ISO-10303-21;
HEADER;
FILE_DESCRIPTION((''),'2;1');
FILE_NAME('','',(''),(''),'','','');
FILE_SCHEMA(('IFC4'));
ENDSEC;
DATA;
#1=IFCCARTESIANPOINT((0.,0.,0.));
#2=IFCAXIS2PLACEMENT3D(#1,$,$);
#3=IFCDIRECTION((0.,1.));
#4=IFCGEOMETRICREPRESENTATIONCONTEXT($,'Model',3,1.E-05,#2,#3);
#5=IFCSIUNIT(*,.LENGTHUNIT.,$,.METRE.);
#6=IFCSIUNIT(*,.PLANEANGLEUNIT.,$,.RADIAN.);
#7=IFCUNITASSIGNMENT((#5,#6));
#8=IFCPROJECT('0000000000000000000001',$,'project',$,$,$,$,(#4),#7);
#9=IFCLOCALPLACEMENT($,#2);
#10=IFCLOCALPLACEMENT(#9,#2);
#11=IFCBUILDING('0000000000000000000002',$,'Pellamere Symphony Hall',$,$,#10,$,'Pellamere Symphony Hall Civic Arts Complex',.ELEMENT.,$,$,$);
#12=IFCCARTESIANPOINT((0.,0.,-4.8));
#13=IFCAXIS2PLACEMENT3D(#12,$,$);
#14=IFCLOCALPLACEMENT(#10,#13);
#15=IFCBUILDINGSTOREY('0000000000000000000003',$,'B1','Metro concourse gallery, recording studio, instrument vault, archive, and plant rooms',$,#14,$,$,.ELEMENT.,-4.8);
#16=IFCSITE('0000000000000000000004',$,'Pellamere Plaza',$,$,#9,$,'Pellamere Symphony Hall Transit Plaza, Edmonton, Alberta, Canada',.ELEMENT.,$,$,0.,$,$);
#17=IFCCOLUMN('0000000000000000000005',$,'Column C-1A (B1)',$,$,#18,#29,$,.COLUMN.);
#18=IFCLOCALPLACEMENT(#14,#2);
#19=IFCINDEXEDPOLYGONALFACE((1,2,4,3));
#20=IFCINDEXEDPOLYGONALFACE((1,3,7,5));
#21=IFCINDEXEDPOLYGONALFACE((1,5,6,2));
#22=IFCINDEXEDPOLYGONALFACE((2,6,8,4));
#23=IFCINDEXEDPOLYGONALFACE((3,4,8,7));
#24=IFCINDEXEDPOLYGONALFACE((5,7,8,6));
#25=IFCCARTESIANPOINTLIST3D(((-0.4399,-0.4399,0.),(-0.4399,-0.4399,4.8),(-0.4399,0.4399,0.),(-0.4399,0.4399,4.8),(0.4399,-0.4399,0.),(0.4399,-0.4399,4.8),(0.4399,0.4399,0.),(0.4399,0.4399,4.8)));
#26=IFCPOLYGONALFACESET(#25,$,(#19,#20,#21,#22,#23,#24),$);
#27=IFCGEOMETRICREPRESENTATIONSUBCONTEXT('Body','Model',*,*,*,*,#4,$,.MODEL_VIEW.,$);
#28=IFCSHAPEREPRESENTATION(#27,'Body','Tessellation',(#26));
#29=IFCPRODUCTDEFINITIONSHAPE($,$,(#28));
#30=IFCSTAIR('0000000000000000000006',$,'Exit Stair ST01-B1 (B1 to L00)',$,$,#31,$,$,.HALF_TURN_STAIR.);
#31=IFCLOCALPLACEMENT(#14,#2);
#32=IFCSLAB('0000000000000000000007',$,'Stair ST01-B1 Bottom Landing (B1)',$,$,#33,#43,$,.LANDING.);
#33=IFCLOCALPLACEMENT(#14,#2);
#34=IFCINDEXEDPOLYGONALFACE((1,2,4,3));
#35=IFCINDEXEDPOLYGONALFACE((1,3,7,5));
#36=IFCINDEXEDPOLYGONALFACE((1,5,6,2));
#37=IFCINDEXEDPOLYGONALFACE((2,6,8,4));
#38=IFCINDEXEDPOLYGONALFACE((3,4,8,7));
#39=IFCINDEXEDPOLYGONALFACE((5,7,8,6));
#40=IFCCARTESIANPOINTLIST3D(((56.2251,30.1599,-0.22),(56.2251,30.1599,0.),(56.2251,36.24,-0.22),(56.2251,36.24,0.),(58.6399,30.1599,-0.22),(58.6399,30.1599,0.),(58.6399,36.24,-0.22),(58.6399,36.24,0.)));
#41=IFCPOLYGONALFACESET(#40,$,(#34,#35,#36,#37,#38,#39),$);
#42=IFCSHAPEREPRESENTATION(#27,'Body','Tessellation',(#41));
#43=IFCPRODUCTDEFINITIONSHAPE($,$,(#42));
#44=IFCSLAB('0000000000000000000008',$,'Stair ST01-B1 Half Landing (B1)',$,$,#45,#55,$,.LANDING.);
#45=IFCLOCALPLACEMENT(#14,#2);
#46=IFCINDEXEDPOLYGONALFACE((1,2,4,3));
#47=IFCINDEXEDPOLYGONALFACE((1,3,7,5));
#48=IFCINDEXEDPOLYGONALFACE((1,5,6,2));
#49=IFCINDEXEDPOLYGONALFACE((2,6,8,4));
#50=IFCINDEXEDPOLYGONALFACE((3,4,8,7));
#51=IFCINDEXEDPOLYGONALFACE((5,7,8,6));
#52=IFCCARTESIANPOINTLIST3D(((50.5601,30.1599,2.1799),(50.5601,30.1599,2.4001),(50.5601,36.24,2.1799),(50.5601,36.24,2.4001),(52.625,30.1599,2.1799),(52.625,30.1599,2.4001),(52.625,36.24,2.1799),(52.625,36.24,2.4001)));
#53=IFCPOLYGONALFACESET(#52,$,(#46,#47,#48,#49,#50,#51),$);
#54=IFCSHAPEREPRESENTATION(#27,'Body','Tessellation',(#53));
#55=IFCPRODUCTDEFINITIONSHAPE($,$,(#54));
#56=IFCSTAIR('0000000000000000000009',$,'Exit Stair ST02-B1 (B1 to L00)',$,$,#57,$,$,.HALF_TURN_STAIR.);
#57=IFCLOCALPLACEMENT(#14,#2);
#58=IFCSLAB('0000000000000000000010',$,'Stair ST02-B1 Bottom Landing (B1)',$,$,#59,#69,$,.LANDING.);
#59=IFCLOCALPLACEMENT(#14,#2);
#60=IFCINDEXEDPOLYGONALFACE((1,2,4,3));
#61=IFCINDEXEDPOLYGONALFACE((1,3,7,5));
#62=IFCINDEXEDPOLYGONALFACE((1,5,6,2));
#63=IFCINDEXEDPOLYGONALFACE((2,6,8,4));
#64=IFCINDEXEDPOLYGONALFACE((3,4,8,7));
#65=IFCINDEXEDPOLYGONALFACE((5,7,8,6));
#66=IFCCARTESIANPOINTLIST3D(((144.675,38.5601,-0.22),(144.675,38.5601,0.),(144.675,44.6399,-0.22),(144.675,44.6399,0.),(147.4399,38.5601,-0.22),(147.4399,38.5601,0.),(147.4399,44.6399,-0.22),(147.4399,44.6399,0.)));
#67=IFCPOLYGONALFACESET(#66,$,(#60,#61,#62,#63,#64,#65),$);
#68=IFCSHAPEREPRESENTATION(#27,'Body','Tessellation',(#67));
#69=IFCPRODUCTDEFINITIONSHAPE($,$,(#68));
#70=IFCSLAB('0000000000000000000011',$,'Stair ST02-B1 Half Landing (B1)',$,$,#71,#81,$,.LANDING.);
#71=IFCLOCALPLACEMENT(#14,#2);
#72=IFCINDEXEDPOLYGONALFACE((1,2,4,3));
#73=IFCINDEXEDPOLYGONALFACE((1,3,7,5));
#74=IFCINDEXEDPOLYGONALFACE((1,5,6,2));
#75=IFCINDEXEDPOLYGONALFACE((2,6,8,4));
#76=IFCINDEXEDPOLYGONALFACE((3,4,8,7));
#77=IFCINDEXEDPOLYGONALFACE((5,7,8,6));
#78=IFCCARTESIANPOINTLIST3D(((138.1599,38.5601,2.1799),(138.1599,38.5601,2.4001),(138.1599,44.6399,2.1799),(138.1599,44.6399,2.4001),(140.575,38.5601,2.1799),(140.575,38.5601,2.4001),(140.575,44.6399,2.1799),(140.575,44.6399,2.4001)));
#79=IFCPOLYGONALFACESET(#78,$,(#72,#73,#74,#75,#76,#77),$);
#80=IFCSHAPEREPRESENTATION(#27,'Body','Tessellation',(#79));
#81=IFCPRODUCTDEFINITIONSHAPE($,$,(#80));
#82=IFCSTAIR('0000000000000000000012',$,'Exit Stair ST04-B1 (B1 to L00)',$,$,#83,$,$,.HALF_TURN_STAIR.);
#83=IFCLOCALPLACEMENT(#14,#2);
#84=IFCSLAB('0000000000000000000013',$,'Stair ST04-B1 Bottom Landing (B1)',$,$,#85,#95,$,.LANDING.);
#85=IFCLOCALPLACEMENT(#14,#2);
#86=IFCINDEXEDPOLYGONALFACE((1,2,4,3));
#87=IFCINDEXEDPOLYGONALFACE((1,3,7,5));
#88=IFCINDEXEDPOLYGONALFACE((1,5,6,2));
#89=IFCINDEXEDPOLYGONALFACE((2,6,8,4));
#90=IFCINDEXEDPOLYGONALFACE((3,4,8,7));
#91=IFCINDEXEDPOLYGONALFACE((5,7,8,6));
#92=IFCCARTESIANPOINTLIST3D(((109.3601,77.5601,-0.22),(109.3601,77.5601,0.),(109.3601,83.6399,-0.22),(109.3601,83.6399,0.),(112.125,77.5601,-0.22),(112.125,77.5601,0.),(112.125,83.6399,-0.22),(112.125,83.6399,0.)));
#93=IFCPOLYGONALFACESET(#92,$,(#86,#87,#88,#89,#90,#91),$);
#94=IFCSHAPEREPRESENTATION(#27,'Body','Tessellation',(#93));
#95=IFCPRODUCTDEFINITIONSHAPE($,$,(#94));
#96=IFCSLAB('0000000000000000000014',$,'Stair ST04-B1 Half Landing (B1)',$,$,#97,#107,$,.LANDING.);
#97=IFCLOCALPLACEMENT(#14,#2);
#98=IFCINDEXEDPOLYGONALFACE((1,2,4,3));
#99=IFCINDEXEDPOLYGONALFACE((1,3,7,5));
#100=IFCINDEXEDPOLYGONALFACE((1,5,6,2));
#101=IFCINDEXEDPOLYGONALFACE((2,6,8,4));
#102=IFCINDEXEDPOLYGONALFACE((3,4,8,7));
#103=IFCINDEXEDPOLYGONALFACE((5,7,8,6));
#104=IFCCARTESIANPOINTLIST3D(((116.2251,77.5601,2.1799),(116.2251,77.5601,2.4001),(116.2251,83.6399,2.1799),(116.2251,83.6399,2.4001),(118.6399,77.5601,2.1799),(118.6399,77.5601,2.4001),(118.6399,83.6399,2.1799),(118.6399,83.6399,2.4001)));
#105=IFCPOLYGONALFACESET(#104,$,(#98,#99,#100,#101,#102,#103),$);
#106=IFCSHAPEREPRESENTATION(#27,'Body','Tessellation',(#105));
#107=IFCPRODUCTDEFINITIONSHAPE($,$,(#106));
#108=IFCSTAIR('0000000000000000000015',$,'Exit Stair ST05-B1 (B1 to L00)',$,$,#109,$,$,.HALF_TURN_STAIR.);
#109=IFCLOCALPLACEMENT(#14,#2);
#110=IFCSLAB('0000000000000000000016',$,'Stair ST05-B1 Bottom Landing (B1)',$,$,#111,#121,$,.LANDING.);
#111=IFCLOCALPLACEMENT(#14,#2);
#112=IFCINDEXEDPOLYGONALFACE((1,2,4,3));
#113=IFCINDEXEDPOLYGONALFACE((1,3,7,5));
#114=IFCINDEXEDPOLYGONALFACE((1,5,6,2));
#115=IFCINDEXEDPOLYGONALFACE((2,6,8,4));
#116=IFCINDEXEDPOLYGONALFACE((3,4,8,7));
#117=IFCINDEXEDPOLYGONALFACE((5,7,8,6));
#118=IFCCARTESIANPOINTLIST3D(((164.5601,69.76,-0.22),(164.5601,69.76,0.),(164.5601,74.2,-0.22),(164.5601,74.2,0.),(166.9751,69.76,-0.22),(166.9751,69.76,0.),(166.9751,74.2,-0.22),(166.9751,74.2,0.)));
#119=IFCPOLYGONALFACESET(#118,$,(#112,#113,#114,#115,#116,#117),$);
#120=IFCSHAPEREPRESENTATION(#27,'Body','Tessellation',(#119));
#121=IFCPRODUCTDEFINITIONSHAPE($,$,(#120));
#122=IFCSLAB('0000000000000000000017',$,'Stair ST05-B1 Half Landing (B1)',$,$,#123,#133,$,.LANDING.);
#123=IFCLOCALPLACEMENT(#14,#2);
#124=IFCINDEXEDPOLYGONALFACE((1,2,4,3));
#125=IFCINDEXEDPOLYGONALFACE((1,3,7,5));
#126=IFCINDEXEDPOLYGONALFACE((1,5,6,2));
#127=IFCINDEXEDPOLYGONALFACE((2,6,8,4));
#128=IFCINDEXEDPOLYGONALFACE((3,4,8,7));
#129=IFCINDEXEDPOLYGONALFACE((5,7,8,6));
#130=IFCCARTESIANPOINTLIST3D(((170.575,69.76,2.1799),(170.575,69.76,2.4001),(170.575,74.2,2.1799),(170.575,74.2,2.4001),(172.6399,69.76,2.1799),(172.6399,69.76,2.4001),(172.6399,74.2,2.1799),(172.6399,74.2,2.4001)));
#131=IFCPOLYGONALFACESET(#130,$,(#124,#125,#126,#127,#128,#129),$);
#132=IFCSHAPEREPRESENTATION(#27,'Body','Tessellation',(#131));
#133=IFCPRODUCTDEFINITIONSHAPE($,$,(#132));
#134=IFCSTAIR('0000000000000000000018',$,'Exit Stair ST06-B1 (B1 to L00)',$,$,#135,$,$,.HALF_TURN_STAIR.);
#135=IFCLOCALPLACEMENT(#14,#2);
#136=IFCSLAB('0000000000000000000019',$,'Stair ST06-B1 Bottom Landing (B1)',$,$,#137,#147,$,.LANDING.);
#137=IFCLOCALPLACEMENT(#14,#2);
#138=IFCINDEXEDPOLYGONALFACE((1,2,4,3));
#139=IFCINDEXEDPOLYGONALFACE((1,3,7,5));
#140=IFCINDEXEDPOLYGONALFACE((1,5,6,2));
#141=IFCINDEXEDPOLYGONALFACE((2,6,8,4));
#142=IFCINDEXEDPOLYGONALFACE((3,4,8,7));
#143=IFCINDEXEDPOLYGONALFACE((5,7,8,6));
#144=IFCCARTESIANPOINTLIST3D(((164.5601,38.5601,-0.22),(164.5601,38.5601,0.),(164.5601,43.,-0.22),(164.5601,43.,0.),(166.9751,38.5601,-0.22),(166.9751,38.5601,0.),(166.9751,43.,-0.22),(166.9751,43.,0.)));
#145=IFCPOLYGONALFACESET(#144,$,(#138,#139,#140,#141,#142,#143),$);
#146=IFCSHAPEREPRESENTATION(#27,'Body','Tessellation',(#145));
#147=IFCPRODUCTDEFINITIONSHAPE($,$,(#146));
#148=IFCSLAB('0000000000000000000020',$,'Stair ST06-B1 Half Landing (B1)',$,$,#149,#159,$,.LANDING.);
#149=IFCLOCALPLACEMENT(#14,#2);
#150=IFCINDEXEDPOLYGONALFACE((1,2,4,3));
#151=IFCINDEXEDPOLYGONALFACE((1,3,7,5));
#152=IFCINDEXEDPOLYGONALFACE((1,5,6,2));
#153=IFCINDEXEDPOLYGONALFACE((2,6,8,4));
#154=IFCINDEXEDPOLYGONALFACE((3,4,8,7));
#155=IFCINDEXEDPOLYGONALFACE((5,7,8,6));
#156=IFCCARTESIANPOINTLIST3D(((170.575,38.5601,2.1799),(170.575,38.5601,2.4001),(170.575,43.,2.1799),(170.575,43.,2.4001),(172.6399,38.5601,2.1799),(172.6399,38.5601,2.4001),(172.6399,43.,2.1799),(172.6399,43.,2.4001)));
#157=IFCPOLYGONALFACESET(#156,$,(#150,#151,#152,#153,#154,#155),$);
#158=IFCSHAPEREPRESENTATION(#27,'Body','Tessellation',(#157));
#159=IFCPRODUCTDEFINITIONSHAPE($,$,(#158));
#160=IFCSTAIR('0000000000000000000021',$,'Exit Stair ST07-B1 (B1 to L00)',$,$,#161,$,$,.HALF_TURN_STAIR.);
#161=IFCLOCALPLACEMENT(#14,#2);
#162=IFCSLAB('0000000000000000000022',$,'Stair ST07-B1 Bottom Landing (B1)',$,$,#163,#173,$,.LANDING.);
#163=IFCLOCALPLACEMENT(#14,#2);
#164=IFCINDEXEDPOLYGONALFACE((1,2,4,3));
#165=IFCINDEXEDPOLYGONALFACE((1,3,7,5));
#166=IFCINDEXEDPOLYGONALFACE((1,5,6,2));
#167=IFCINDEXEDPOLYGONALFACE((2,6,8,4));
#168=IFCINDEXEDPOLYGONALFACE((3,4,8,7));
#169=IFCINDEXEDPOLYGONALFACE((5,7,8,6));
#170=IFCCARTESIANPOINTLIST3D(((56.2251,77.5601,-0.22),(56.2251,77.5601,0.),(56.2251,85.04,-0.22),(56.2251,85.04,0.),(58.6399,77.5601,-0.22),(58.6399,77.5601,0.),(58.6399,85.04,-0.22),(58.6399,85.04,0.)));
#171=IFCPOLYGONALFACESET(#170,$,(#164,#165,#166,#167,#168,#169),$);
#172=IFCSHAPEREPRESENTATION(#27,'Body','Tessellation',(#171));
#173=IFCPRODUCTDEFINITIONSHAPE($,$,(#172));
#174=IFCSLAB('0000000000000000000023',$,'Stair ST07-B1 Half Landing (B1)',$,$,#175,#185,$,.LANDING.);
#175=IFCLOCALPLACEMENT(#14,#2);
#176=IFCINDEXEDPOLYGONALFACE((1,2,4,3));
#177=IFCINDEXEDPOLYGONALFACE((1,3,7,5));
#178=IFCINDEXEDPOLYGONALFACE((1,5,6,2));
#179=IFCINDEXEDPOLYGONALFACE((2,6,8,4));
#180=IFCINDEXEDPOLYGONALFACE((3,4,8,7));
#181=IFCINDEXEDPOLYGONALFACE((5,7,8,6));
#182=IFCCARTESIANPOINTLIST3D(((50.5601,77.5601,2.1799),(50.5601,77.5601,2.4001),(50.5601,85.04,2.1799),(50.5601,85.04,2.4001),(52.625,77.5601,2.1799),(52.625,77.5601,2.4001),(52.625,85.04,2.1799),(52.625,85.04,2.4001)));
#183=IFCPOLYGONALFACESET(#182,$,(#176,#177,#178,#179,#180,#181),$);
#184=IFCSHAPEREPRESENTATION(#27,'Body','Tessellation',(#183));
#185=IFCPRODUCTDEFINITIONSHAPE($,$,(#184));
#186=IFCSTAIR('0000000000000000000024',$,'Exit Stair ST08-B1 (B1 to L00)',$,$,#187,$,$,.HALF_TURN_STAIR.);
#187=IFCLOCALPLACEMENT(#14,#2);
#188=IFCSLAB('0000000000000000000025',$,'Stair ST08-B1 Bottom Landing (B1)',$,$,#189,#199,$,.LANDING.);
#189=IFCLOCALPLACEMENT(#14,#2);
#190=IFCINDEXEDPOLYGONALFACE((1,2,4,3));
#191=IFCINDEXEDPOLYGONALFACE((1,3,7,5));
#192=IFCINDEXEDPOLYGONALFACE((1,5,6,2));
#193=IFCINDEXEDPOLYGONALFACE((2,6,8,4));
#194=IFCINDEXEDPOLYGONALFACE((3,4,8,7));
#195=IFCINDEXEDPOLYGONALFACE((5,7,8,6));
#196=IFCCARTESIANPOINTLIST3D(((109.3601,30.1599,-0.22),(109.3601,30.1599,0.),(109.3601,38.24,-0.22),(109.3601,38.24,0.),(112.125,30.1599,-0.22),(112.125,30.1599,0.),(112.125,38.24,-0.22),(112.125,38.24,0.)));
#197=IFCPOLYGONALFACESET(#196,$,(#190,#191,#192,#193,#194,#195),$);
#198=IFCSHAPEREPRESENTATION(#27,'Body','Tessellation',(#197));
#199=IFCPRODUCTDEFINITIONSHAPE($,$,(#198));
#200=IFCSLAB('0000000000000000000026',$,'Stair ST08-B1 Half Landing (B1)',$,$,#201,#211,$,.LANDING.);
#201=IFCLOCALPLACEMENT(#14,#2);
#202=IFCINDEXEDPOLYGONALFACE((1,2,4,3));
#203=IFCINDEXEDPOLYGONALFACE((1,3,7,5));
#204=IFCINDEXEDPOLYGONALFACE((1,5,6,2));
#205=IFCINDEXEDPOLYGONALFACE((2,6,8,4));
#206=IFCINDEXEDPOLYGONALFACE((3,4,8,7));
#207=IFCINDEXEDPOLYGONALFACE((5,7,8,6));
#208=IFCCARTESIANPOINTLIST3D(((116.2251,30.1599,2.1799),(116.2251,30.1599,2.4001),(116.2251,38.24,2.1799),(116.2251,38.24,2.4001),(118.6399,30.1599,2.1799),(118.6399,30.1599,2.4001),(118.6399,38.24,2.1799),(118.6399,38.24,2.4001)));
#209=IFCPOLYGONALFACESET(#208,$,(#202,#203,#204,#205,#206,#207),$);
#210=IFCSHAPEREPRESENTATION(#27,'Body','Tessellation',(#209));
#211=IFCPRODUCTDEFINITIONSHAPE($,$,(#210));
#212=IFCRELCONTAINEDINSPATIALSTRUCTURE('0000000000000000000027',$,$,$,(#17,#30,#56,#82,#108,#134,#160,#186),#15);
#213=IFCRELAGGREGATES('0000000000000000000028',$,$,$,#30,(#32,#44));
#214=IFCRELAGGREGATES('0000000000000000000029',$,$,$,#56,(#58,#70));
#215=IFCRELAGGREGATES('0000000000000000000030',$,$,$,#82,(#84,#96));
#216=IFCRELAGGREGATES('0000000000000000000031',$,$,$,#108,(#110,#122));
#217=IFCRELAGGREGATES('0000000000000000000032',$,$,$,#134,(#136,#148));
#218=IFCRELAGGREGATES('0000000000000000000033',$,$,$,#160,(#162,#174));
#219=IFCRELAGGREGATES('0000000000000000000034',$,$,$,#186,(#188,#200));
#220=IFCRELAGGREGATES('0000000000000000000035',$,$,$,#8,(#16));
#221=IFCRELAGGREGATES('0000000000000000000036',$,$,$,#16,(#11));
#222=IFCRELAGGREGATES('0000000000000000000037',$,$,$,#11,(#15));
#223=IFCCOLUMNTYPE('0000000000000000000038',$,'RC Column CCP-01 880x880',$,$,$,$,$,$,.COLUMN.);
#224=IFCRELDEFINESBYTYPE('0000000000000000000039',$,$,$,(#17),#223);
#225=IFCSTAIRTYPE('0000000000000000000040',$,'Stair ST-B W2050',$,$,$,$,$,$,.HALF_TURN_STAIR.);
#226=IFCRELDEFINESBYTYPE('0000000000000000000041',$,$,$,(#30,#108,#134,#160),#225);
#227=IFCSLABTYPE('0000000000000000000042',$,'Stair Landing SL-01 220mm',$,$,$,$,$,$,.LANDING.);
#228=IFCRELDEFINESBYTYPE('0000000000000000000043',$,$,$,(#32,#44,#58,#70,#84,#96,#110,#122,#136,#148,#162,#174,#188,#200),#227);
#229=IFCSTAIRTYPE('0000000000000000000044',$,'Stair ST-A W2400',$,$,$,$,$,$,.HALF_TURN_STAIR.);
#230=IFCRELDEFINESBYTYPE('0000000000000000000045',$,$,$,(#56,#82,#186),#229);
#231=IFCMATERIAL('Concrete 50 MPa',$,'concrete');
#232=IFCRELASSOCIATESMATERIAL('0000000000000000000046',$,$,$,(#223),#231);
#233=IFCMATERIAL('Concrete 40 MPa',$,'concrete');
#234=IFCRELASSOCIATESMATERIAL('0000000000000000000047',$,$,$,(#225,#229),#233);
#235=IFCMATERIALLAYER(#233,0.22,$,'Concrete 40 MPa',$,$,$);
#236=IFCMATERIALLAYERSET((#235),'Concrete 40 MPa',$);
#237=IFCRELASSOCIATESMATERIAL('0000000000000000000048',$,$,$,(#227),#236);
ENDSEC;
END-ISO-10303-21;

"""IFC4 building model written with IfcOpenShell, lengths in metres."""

from ifc_helpers import new_model, si_unit, direction, frame, origin, origin_with_axes, origin_2d, place, context, subcontext, project, spatial, polyline, rectangle, outline, extrude, material, layer, layer_set, material_profile, profile_set, type_object, element, aggregate, save


model = new_model("IFC4")

# Units and contexts
model_context = context("Model", 3, precision=1e-05, world=origin(), true_north=direction((0.0, 1.0)))
body_context = subcontext(model_context, "Body", "Model", "MODEL_VIEW")
ifc_project = project(units=[si_unit("LENGTHUNIT", "METRE"), si_unit("PLANEANGLEUNIT", "RADIAN")], contexts=[model_context])

# Site, building, storey
site_placement = place(None, origin())
site = spatial("IfcSite", under=ifc_project, at=site_placement, Name="Pellamere Plaza", LongName="Pellamere Symphony Hall Transit Plaza, Edmonton, Alberta, Canada", CompositionType="ELEMENT", RefElevation=0.0)
building_placement = place(site_placement, origin())
building = spatial("IfcBuilding", under=site, at=building_placement, Name="Pellamere Symphony Hall", LongName="Pellamere Symphony Hall Civic Arts Complex", CompositionType="ELEMENT")
storey_placement = place(building_placement, frame((0.0, 0.0, -4.8)))
storey = spatial("IfcBuildingStorey", under=building, at=storey_placement, Name="B1", Description="Metro concourse gallery, recording studio, instrument vault, archive, and plant rooms", CompositionType="ELEMENT", Elevation=-4.8)

# Column
ifc_material_1 = material(Name="Concrete 50 MPa", Category="concrete")
ifc_material_profile = material_profile(ifc_material_1, rectangle(XDim=0.8799, YDim=0.8799, at=origin_2d()), Name="RC 880x880")
ifc_profile_set = profile_set([ifc_material_profile], Name="Concrete 50 MPa")
column_type = type_object("IfcColumnType", Name="RC Column CCP-01 880x880", PredefinedType="COLUMN", material=ifc_profile_set)
column_placement = place(storey_placement, origin_with_axes())
element("IfcColumn", 1, at=column_placement, inside=storey, type_object=column_type, Name="Column C-1A (B1)", PredefinedType="COLUMN", context=body_context, shape_type="SweptSolid", body=[
    extrude(rectangle(XDim=0.8799, YDim=0.8799, at=origin_2d()), origin(), (0.0, 0.0, 1.0), 4.8),
])

# Stairs, slabs
ifc_material_2 = material(Name="Concrete 40 MPa", Category="concrete")
stair_type_1 = type_object("IfcStairType", Name="Stair ST-B W2050", PredefinedType="HALF_TURN_STAIR", material=ifc_material_2)
stair_1_placement = place(storey_placement, origin())
stair_1 = element("IfcStair", 2, at=stair_1_placement, inside=storey, type_object=stair_type_1, Name="Exit Stair ST01-B1 (B1 to L00)", PredefinedType="HALF_TURN_STAIR")
ifc_layer_1 = layer(ifc_material_2, 0.22, Name="Concrete 40 MPa")
ifc_layer_set_1 = layer_set([ifc_layer_1], Name="Concrete 40 MPa")
slab_type_1 = type_object("IfcSlabType", Name="Stair Landing SL-01 220mm", PredefinedType="LANDING", material=ifc_layer_set_1)
slab_1_placement = place(storey_placement, frame((0.0, 0.0, -0.22)))
slab_1 = element("IfcSlab", 3, at=slab_1_placement, type_object=slab_type_1, Name="Stair ST01-B1 Bottom Landing (B1)", PredefinedType="LANDING", context=body_context, shape_type="SweptSolid", body=[
    extrude(outline(polyline([(56.2251, 30.1599), (58.6399, 30.1599), (58.6399, 36.24), (56.2251, 36.24), (56.2251, 30.1599)])), origin(), (0.0, 0.0, 1.0), 0.22),
])
slab_2_placement = place(storey_placement, frame((0.0, 0.0, 2.1799)))
slab_2 = element("IfcSlab", 4, at=slab_2_placement, type_object=slab_type_1, Name="Stair ST01-B1 Half Landing (B1)", PredefinedType="LANDING", context=body_context, shape_type="SweptSolid", body=[
    extrude(outline(polyline([(50.5601, 30.1599), (52.625, 30.1599), (52.625, 36.24), (50.5601, 36.24), (50.5601, 30.1599)])), origin(), (0.0, 0.0, 1.0), 0.2202),
])
aggregate(stair_1, [slab_1, slab_2])
stair_type_2 = type_object("IfcStairType", Name="Stair ST-A W2400", PredefinedType="HALF_TURN_STAIR", material=ifc_material_2)
stair_2_placement = place(storey_placement, origin())
stair_2 = element("IfcStair", 5, at=stair_2_placement, inside=storey, type_object=stair_type_2, Name="Exit Stair ST02-B1 (B1 to L00)", PredefinedType="HALF_TURN_STAIR")
slab_3_placement = place(storey_placement, frame((0.0, 0.0, -0.22)))
slab_3 = element("IfcSlab", 6, at=slab_3_placement, type_object=slab_type_1, Name="Stair ST02-B1 Bottom Landing (B1)", PredefinedType="LANDING", context=body_context, shape_type="SweptSolid", body=[
    extrude(outline(polyline([(144.675, 38.5601), (147.4399, 38.5601), (147.4399, 44.6399), (144.675, 44.6399), (144.675, 38.5601)])), origin(), (0.0, 0.0, 1.0), 0.22),
])
slab_4_placement = place(storey_placement, frame((0.0, 0.0, 2.1799)))
slab_4 = element("IfcSlab", 7, at=slab_4_placement, type_object=slab_type_1, Name="Stair ST02-B1 Half Landing (B1)", PredefinedType="LANDING", context=body_context, shape_type="SweptSolid", body=[
    extrude(outline(polyline([(138.1599, 38.5601), (140.575, 38.5601), (140.575, 44.6399), (138.1599, 44.6399), (138.1599, 38.5601)])), origin(), (0.0, 0.0, 1.0), 0.2202),
])
aggregate(stair_2, [slab_3, slab_4])
stair_3_placement = place(storey_placement, origin())
stair_3 = element("IfcStair", 8, at=stair_3_placement, inside=storey, type_object=stair_type_2, Name="Exit Stair ST04-B1 (B1 to L00)", PredefinedType="HALF_TURN_STAIR")
slab_5_placement = place(storey_placement, frame((0.0, 0.0, -0.22)))
slab_5 = element("IfcSlab", 9, at=slab_5_placement, type_object=slab_type_1, Name="Stair ST04-B1 Bottom Landing (B1)", PredefinedType="LANDING", context=body_context, shape_type="SweptSolid", body=[
    extrude(outline(polyline([(109.3601, 77.5601), (112.125, 77.5601), (112.125, 83.6399), (109.3601, 83.6399), (109.3601, 77.5601)])), origin(), (0.0, 0.0, 1.0), 0.22),
])
slab_6_placement = place(storey_placement, frame((0.0, 0.0, 2.1799)))
slab_6 = element("IfcSlab", 10, at=slab_6_placement, type_object=slab_type_1, Name="Stair ST04-B1 Half Landing (B1)", PredefinedType="LANDING", context=body_context, shape_type="SweptSolid", body=[
    extrude(outline(polyline([(116.2251, 77.5601), (118.6399, 77.5601), (118.6399, 83.6399), (116.2251, 83.6399), (116.2251, 77.5601)])), origin(), (0.0, 0.0, 1.0), 0.2202),
])
aggregate(stair_3, [slab_5, slab_6])
stair_4_placement = place(storey_placement, origin())
stair_4 = element("IfcStair", 11, at=stair_4_placement, inside=storey, type_object=stair_type_1, Name="Exit Stair ST05-B1 (B1 to L00)", PredefinedType="HALF_TURN_STAIR")
slab_7_placement = place(storey_placement, frame((0.0, 0.0, -0.22)))
slab_7 = element("IfcSlab", 12, at=slab_7_placement, type_object=slab_type_1, Name="Stair ST05-B1 Bottom Landing (B1)", PredefinedType="LANDING", context=body_context, shape_type="SweptSolid", body=[
    extrude(outline(polyline([(164.5601, 69.76), (166.9751, 69.76), (166.9751, 74.2), (164.5601, 74.2), (164.5601, 69.76)])), origin(), (0.0, 0.0, 1.0), 0.22),
])
slab_8_placement = place(storey_placement, frame((0.0, 0.0, 2.1799)))
slab_8 = element("IfcSlab", 13, at=slab_8_placement, type_object=slab_type_1, Name="Stair ST05-B1 Half Landing (B1)", PredefinedType="LANDING", context=body_context, shape_type="SweptSolid", body=[
    extrude(outline(polyline([(170.575, 69.76), (172.6399, 69.76), (172.6399, 74.2), (170.575, 74.2), (170.575, 69.76)])), origin(), (0.0, 0.0, 1.0), 0.2202),
])
aggregate(stair_4, [slab_7, slab_8])
stair_5_placement = place(storey_placement, origin())
stair_5 = element("IfcStair", 14, at=stair_5_placement, inside=storey, type_object=stair_type_1, Name="Exit Stair ST06-B1 (B1 to L00)", PredefinedType="HALF_TURN_STAIR")
slab_9_placement = place(storey_placement, frame((0.0, 0.0, -0.22)))
slab_9 = element("IfcSlab", 15, at=slab_9_placement, type_object=slab_type_1, Name="Stair ST06-B1 Bottom Landing (B1)", PredefinedType="LANDING", context=body_context, shape_type="SweptSolid", body=[
    extrude(outline(polyline([(164.5601, 38.5601), (166.9751, 38.5601), (166.9751, 43.0), (164.5601, 43.0), (164.5601, 38.5601)])), origin(), (0.0, 0.0, 1.0), 0.22),
])
slab_10_placement = place(storey_placement, frame((0.0, 0.0, 2.1799)))
slab_10 = element("IfcSlab", 16, at=slab_10_placement, type_object=slab_type_1, Name="Stair ST06-B1 Half Landing (B1)", PredefinedType="LANDING", context=body_context, shape_type="SweptSolid", body=[
    extrude(outline(polyline([(170.575, 38.5601), (172.6399, 38.5601), (172.6399, 43.0), (170.575, 43.0), (170.575, 38.5601)])), origin(), (0.0, 0.0, 1.0), 0.2202),
])
aggregate(stair_5, [slab_9, slab_10])
stair_6_placement = place(storey_placement, origin())
stair_6 = element("IfcStair", 17, at=stair_6_placement, inside=storey, type_object=stair_type_1, Name="Exit Stair ST07-B1 (B1 to L00)", PredefinedType="HALF_TURN_STAIR")
slab_11_placement = place(storey_placement, frame((0.0, 0.0, -0.22)))
slab_11 = element("IfcSlab", 18, at=slab_11_placement, type_object=slab_type_1, Name="Stair ST07-B1 Bottom Landing (B1)", PredefinedType="LANDING", context=body_context, shape_type="SweptSolid", body=[
    extrude(outline(polyline([(56.2251, 77.5601), (58.6399, 77.5601), (58.6399, 85.04), (56.2251, 85.04), (56.2251, 77.5601)])), origin(), (0.0, 0.0, 1.0), 0.22),
])
slab_12_placement = place(storey_placement, frame((0.0, 0.0, 2.1799)))
slab_12 = element("IfcSlab", 19, at=slab_12_placement, type_object=slab_type_1, Name="Stair ST07-B1 Half Landing (B1)", PredefinedType="LANDING", context=body_context, shape_type="SweptSolid", body=[
    extrude(outline(polyline([(50.5601, 77.5601), (52.625, 77.5601), (52.625, 85.04), (50.5601, 85.04), (50.5601, 77.5601)])), origin(), (0.0, 0.0, 1.0), 0.2202),
])
aggregate(stair_6, [slab_11, slab_12])
stair_7_placement = place(storey_placement, origin())
stair_7 = element("IfcStair", 20, at=stair_7_placement, inside=storey, type_object=stair_type_2, Name="Exit Stair ST08-B1 (B1 to L00)", PredefinedType="HALF_TURN_STAIR")
slab_13_placement = place(storey_placement, frame((0.0, 0.0, -0.22)))
slab_13 = element("IfcSlab", 21, at=slab_13_placement, type_object=slab_type_1, Name="Stair ST08-B1 Bottom Landing (B1)", PredefinedType="LANDING", context=body_context, shape_type="SweptSolid", body=[
    extrude(outline(polyline([(109.3601, 30.1599), (112.125, 30.1599), (112.125, 38.24), (109.3601, 38.24), (109.3601, 30.1599)])), origin(), (0.0, 0.0, 1.0), 0.22),
])
slab_14_placement = place(storey_placement, frame((0.0, 0.0, 2.1799)))
slab_14 = element("IfcSlab", 22, at=slab_14_placement, type_object=slab_type_1, Name="Stair ST08-B1 Half Landing (B1)", PredefinedType="LANDING", context=body_context, shape_type="SweptSolid", body=[
    extrude(outline(polyline([(116.2251, 30.1599), (118.6399, 30.1599), (118.6399, 38.24), (116.2251, 38.24), (116.2251, 30.1599)])), origin(), (0.0, 0.0, 1.0), 0.2202),
])
aggregate(stair_7, [slab_13, slab_14])

save(model, "model.ifc")
